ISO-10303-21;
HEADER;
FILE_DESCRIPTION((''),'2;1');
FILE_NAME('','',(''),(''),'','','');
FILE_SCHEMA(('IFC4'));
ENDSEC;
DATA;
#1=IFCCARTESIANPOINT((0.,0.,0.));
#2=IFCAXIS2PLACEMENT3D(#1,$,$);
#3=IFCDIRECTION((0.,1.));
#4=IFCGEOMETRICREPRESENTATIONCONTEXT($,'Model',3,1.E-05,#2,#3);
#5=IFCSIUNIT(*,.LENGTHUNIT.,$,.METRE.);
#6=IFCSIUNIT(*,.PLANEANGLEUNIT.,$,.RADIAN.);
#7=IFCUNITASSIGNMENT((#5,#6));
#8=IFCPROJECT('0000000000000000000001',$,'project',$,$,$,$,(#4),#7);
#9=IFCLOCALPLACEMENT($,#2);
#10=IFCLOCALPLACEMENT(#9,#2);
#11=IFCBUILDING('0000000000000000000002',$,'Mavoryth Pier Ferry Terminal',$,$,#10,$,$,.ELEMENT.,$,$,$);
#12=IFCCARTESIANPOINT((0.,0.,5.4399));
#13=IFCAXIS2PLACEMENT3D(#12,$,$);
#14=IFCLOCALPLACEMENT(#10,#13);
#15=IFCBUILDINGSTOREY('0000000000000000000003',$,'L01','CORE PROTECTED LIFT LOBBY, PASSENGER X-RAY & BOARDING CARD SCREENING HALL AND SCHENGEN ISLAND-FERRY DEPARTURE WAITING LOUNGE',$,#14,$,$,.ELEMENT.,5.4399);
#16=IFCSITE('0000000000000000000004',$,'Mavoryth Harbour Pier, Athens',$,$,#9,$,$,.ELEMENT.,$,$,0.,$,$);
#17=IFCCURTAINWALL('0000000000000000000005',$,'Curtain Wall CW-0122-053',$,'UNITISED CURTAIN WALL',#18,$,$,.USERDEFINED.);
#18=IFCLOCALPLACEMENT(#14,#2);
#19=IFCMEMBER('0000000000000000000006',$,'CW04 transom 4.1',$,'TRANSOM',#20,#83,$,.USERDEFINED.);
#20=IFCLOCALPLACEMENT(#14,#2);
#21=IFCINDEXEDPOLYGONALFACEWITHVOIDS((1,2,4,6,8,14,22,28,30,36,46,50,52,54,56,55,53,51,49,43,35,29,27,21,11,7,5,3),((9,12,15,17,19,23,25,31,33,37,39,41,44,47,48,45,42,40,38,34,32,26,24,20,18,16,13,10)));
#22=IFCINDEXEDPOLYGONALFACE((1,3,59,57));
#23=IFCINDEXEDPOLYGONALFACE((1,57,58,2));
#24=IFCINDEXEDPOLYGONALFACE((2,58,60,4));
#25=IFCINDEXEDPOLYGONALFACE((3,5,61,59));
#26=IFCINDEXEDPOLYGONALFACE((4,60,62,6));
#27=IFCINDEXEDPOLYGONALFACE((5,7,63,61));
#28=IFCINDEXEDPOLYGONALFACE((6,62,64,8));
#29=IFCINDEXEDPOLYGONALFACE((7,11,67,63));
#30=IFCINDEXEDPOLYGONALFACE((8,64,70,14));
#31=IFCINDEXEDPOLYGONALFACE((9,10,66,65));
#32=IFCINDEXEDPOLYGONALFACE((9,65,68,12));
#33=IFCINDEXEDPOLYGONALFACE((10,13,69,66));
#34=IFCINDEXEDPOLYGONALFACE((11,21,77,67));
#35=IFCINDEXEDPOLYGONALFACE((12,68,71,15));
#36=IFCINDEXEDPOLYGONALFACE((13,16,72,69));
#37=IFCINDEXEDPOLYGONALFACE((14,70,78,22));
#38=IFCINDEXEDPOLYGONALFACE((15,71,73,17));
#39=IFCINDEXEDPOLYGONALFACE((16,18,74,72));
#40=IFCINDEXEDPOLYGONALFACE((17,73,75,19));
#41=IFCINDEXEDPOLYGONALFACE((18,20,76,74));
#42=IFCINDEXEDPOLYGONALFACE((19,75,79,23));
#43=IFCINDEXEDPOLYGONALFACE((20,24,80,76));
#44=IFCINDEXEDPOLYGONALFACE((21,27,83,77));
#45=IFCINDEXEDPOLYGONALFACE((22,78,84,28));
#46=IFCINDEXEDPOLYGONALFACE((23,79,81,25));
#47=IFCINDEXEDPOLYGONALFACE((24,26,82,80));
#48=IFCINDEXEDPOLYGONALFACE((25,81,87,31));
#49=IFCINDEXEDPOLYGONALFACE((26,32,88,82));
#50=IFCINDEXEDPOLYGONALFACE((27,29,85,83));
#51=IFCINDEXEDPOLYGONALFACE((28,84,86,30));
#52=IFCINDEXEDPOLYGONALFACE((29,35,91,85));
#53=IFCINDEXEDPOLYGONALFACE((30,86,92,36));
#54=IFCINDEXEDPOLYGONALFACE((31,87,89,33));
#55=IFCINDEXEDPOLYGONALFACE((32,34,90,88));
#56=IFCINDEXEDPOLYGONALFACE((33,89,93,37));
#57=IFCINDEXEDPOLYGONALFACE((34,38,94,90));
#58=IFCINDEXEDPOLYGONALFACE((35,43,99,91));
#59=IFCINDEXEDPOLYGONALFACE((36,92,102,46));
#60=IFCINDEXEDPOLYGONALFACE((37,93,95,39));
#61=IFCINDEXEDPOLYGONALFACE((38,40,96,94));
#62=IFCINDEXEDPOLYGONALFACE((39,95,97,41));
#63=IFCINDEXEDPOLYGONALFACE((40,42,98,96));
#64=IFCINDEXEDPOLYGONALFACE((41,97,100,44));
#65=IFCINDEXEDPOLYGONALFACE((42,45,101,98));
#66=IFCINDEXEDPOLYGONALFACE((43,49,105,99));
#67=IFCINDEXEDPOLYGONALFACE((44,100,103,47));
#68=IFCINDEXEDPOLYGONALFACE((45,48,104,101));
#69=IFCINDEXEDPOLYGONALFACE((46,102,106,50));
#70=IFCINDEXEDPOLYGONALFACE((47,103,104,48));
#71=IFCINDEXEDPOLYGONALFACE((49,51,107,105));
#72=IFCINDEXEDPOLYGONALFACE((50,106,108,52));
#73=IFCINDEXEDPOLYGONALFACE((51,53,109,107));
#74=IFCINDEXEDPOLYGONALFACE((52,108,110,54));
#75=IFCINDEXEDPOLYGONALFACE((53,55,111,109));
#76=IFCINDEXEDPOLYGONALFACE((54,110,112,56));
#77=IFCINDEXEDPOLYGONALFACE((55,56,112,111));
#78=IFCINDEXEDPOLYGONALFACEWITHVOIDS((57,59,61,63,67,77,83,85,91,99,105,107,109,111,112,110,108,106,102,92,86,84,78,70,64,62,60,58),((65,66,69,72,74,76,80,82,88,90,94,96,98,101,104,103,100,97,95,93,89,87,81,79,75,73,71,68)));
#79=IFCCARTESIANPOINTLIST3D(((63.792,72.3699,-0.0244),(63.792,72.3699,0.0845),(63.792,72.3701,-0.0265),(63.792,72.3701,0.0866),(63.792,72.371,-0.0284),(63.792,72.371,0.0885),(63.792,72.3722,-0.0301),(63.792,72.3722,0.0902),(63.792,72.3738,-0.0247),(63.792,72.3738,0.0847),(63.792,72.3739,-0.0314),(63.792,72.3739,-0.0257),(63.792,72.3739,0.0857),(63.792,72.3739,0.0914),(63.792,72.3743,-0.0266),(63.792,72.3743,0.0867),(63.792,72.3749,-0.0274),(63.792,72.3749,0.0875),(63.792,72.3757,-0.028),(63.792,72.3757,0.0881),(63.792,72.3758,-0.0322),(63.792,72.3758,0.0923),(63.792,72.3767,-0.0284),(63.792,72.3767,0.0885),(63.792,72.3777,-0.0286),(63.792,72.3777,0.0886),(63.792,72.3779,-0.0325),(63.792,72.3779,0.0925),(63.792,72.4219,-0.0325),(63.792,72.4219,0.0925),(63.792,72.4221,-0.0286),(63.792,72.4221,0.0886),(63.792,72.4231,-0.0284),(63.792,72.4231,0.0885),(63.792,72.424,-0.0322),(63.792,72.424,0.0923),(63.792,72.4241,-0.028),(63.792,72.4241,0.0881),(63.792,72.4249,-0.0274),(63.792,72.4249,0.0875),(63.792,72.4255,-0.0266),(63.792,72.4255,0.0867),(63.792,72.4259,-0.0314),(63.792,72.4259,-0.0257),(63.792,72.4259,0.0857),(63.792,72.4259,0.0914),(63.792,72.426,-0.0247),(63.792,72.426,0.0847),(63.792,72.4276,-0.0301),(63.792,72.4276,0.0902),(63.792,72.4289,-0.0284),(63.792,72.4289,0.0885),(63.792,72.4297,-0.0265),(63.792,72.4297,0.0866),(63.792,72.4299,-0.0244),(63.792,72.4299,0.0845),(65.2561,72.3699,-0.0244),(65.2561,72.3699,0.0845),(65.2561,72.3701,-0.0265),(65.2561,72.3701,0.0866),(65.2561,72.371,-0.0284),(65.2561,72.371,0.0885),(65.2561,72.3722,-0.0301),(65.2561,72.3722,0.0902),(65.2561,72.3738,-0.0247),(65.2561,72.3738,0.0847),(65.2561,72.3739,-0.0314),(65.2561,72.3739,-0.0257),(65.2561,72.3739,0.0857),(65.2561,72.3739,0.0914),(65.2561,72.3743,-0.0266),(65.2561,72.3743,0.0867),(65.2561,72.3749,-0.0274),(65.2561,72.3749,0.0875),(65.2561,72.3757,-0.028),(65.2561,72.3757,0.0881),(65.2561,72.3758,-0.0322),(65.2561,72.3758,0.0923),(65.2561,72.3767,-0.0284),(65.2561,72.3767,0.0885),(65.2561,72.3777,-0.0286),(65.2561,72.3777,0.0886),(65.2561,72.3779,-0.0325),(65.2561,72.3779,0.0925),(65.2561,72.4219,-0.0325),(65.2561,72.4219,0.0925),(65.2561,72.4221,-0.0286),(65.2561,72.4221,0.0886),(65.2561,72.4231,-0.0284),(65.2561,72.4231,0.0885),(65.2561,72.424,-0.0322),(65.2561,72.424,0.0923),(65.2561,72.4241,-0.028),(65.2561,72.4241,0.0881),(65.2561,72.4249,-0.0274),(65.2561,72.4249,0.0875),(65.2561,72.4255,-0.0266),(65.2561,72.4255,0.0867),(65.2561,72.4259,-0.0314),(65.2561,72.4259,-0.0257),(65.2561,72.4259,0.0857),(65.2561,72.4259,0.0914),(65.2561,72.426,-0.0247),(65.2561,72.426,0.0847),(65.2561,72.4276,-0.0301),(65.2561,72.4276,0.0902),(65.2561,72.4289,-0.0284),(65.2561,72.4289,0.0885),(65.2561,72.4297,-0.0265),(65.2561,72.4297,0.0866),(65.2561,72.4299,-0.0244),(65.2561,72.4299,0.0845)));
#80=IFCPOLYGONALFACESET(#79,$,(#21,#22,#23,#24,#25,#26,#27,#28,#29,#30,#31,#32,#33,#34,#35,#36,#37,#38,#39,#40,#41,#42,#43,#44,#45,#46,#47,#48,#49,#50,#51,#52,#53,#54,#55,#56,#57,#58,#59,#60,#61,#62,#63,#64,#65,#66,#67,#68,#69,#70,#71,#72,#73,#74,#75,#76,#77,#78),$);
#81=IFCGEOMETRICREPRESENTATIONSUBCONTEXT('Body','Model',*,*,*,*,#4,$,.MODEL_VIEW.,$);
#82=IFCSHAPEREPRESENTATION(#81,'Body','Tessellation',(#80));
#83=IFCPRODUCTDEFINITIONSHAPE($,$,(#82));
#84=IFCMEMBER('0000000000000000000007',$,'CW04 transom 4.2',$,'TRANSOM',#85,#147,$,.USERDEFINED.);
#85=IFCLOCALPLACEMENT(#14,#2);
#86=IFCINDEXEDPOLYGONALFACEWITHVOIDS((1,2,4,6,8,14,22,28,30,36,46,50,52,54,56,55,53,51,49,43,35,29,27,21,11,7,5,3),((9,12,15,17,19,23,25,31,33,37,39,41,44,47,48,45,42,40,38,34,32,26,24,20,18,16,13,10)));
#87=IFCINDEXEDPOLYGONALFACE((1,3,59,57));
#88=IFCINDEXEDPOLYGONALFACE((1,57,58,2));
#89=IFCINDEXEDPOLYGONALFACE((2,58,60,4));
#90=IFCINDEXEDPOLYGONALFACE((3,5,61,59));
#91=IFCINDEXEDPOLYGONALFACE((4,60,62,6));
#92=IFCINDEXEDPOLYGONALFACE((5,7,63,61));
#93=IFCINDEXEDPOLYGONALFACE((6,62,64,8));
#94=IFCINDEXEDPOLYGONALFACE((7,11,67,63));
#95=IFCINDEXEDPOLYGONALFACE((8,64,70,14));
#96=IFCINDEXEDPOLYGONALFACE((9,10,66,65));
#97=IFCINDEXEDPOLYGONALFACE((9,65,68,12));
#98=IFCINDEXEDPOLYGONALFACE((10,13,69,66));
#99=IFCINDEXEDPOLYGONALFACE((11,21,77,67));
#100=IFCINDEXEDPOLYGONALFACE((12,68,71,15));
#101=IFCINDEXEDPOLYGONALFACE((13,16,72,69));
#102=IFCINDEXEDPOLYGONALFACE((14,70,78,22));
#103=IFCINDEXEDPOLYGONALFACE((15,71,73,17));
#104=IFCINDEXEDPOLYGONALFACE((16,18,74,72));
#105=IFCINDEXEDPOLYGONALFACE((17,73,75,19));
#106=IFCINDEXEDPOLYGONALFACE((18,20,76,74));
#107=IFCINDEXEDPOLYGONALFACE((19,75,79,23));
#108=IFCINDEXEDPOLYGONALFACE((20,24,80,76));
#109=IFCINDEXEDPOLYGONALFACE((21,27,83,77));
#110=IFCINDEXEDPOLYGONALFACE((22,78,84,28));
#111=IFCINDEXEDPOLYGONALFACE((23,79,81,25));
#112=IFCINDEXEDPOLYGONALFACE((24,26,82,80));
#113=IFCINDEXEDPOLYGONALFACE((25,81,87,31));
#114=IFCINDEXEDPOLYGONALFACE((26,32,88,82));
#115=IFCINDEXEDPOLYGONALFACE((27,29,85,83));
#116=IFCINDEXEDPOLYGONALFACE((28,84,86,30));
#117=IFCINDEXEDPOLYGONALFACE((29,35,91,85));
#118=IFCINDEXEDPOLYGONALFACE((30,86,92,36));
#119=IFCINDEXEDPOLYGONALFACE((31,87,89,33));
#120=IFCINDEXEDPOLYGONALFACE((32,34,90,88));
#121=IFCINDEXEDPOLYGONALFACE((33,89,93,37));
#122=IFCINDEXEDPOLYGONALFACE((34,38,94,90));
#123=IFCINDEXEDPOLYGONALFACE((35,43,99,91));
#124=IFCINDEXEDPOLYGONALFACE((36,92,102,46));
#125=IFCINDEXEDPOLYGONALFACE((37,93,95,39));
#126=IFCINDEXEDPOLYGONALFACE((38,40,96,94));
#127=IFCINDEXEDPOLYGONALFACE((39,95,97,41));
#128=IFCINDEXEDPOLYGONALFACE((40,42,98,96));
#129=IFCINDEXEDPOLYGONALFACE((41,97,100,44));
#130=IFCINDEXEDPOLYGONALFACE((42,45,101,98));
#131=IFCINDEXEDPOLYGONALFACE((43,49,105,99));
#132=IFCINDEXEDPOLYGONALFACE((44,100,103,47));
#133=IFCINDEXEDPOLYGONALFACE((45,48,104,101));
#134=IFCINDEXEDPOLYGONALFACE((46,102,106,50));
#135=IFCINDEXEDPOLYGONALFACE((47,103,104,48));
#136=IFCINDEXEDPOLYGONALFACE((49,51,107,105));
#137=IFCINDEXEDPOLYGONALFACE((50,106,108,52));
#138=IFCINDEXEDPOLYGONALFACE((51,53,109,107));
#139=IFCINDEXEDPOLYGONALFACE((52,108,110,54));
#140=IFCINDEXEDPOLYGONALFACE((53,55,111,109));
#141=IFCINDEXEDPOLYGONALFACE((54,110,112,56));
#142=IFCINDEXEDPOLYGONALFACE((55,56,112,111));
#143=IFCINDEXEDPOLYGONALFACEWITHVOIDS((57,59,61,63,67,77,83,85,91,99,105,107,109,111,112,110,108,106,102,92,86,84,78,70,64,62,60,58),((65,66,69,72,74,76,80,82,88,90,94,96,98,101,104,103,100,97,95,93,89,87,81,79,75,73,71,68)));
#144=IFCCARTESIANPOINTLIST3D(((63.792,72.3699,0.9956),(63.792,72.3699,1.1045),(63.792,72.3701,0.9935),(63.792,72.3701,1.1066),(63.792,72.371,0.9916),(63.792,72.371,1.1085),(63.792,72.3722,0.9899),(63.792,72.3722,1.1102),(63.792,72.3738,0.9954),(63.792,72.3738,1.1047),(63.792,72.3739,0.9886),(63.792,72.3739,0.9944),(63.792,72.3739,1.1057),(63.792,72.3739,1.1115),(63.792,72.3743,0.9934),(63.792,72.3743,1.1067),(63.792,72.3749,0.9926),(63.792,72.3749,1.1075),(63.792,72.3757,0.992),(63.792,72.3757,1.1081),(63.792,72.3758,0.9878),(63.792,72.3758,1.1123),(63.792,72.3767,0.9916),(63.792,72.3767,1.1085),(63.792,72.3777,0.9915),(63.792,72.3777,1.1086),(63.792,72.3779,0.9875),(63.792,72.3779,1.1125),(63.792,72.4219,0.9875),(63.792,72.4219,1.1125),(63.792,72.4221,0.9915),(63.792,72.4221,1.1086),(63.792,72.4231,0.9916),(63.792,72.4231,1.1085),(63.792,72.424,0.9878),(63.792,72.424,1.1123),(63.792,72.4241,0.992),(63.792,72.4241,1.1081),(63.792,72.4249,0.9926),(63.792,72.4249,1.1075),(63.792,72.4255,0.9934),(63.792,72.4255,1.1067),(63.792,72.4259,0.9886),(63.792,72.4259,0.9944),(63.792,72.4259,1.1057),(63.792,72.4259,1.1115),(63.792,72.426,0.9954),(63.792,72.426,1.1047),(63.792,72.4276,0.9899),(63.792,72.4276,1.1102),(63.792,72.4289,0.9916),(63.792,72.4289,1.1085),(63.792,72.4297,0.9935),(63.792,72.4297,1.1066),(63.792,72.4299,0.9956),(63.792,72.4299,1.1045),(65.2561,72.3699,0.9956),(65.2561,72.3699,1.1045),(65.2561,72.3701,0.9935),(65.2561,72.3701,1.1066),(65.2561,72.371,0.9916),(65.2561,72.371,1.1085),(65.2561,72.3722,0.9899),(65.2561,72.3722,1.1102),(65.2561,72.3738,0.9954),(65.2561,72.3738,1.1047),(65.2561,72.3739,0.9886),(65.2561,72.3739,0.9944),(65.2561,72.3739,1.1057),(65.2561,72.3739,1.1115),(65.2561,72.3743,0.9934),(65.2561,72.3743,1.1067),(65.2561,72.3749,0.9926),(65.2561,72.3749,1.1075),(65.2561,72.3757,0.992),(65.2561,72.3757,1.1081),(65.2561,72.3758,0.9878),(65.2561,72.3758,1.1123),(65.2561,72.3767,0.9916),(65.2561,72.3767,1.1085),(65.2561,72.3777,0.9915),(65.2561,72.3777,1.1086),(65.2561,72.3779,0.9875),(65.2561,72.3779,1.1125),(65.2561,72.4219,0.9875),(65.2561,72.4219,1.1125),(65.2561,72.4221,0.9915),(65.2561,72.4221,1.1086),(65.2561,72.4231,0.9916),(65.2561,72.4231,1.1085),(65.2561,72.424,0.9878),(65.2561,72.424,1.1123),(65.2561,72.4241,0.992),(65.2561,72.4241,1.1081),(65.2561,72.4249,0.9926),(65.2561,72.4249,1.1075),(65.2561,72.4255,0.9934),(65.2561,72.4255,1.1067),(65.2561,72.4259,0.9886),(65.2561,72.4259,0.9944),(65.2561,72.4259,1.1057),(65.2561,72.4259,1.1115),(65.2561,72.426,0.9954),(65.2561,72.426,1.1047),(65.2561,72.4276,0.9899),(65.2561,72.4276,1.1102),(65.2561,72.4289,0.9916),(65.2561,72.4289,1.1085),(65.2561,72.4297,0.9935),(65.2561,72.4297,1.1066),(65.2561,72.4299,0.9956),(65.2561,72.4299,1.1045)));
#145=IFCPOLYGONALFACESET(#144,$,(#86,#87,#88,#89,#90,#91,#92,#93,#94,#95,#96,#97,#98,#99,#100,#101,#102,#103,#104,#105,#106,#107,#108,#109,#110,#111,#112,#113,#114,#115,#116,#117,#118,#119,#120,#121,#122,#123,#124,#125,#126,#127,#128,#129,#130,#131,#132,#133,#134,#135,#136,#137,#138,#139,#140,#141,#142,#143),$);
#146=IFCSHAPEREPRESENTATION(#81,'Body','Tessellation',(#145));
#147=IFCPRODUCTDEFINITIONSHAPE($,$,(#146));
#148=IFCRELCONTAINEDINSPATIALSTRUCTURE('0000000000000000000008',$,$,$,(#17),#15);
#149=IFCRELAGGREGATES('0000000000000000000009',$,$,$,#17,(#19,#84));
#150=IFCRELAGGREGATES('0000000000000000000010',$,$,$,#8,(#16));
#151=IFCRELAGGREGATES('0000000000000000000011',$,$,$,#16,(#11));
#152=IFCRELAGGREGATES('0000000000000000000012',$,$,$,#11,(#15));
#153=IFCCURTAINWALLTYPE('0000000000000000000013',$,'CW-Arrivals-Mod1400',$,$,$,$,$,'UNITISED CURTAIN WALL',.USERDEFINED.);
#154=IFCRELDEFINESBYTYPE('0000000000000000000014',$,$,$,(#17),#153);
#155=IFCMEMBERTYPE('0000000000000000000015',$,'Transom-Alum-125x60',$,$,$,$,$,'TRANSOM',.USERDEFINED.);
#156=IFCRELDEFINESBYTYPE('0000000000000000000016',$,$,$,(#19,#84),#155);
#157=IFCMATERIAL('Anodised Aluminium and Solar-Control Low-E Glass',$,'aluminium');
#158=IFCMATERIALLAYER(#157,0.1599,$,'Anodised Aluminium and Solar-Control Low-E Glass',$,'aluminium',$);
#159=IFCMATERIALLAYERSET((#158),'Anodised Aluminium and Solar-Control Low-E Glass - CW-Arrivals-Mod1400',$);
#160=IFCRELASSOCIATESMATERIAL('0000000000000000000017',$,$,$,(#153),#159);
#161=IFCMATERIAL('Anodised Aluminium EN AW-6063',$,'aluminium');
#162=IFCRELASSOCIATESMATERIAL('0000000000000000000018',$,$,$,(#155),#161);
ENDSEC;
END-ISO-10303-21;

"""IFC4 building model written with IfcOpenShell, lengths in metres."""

from ifc_helpers import new_model, si_unit, direction, frame, origin, origin_2d, place, context, subcontext, project, spatial, hollow_rectangle, extrude, material, layer, layer_set, material_profile, profile_set, type_object, element, aggregate, save


model = new_model("IFC4")

# Units and contexts
model_context = context("Model", 3, precision=1e-05, world=origin(), true_north=direction((0.0, 1.0)))
body_context = subcontext(model_context, "Body", "Model", "MODEL_VIEW")
ifc_project = project(units=[si_unit("LENGTHUNIT", "METRE"), si_unit("PLANEANGLEUNIT", "RADIAN")], contexts=[model_context])

# Site, building, storey
site_placement = place(None, origin())
site = spatial("IfcSite", under=ifc_project, at=site_placement, Name="Mavoryth Harbour Pier, Athens", CompositionType="ELEMENT", RefElevation=0.0)
building_placement = place(site_placement, origin())
building = spatial("IfcBuilding", under=site, at=building_placement, Name="Mavoryth Pier Ferry Terminal", CompositionType="ELEMENT")
storey_placement = place(building_placement, frame((0.0, 0.0, 5.4399)))
storey = spatial("IfcBuildingStorey", under=building, at=storey_placement, Name="L01", Description="CORE PROTECTED LIFT LOBBY, PASSENGER X-RAY & BOARDING CARD SCREENING HALL AND SCHENGEN ISLAND-FERRY DEPARTURE WAITING LOUNGE", CompositionType="ELEMENT", Elevation=5.4399)

# Curtain wall
ifc_material_1 = material(Name="Anodised Aluminium and Solar-Control Low-E Glass", Category="aluminium")
ifc_layer_1 = layer(ifc_material_1, 0.1599, Name="Anodised Aluminium and Solar-Control Low-E Glass", Category="aluminium")
ifc_layer_set_1 = layer_set([ifc_layer_1], Name="Anodised Aluminium and Solar-Control Low-E Glass - CW-Arrivals-Mod1400")
curtain_wall_type_1 = type_object("IfcCurtainWallType", Name="CW-Arrivals-Mod1400", ElementType="UNITISED CURTAIN WALL", PredefinedType="USERDEFINED", material=ifc_layer_set_1)
curtain_wall_1_placement = place(storey_placement, origin())
curtain_wall_1 = element("IfcCurtainWall", 1, at=curtain_wall_1_placement, inside=storey, type_object=curtain_wall_type_1, Name="Curtain Wall CW-0122-053", ObjectType="UNITISED CURTAIN WALL", PredefinedType="USERDEFINED")
ifc_material_2 = material(Name="Anodised Aluminium EN AW-6063", Category="aluminium")

# Members
ifc_material_profile_1 = material_profile(ifc_material_2, hollow_rectangle(XDim=0.0601, YDim=0.125, WallThickness=0.0039, InnerFilletRadius=0.0039, OuterFilletRadius=0.0081, at=origin_2d()), Name="AL-TRAN 125x60x4", Category="aluminium")
ifc_profile_set_1 = profile_set([ifc_material_profile_1], Name="Anodised Aluminium EN AW-6063 - AL-TRAN 125x60x4")
member_type_1 = type_object("IfcMemberType", Name="Transom-Alum-125x60", ElementType="TRANSOM", PredefinedType="USERDEFINED", material=ifc_profile_set_1)
member_1_placement = place(storey_placement, frame((63.792, 72.3999, 0.03), z_axis=(1.0, 0.0, 0.0), x_axis=(0.0, 1.0, 0.0)))
member_1 = element("IfcMember", 2, at=member_1_placement, type_object=member_type_1, Name="CW04 transom 4.1", ObjectType="TRANSOM", PredefinedType="USERDEFINED", context=body_context, shape_type="SweptSolid", body=[
    extrude(hollow_rectangle(XDim=0.0601, YDim=0.125, WallThickness=0.0039, InnerFilletRadius=0.0039, OuterFilletRadius=0.0081, at=origin_2d()), origin(), (0.0, 0.0, 1.0), 1.4641),
])
member_2_placement = place(storey_placement, frame((63.792, 72.3999, 1.05), z_axis=(1.0, 0.0, 0.0), x_axis=(0.0, 1.0, 0.0)))
member_2 = element("IfcMember", 3, at=member_2_placement, type_object=member_type_1, Name="CW04 transom 4.2", ObjectType="TRANSOM", PredefinedType="USERDEFINED", context=body_context, shape_type="SweptSolid", body=[
    extrude(hollow_rectangle(XDim=0.0601, YDim=0.125, WallThickness=0.0039, InnerFilletRadius=0.0039, OuterFilletRadius=0.0081, at=origin_2d()), origin(), (0.0, 0.0, 1.0), 1.4641),
])

aggregate(curtain_wall_1, [member_1, member_2])

save(model, "model.ifc")
